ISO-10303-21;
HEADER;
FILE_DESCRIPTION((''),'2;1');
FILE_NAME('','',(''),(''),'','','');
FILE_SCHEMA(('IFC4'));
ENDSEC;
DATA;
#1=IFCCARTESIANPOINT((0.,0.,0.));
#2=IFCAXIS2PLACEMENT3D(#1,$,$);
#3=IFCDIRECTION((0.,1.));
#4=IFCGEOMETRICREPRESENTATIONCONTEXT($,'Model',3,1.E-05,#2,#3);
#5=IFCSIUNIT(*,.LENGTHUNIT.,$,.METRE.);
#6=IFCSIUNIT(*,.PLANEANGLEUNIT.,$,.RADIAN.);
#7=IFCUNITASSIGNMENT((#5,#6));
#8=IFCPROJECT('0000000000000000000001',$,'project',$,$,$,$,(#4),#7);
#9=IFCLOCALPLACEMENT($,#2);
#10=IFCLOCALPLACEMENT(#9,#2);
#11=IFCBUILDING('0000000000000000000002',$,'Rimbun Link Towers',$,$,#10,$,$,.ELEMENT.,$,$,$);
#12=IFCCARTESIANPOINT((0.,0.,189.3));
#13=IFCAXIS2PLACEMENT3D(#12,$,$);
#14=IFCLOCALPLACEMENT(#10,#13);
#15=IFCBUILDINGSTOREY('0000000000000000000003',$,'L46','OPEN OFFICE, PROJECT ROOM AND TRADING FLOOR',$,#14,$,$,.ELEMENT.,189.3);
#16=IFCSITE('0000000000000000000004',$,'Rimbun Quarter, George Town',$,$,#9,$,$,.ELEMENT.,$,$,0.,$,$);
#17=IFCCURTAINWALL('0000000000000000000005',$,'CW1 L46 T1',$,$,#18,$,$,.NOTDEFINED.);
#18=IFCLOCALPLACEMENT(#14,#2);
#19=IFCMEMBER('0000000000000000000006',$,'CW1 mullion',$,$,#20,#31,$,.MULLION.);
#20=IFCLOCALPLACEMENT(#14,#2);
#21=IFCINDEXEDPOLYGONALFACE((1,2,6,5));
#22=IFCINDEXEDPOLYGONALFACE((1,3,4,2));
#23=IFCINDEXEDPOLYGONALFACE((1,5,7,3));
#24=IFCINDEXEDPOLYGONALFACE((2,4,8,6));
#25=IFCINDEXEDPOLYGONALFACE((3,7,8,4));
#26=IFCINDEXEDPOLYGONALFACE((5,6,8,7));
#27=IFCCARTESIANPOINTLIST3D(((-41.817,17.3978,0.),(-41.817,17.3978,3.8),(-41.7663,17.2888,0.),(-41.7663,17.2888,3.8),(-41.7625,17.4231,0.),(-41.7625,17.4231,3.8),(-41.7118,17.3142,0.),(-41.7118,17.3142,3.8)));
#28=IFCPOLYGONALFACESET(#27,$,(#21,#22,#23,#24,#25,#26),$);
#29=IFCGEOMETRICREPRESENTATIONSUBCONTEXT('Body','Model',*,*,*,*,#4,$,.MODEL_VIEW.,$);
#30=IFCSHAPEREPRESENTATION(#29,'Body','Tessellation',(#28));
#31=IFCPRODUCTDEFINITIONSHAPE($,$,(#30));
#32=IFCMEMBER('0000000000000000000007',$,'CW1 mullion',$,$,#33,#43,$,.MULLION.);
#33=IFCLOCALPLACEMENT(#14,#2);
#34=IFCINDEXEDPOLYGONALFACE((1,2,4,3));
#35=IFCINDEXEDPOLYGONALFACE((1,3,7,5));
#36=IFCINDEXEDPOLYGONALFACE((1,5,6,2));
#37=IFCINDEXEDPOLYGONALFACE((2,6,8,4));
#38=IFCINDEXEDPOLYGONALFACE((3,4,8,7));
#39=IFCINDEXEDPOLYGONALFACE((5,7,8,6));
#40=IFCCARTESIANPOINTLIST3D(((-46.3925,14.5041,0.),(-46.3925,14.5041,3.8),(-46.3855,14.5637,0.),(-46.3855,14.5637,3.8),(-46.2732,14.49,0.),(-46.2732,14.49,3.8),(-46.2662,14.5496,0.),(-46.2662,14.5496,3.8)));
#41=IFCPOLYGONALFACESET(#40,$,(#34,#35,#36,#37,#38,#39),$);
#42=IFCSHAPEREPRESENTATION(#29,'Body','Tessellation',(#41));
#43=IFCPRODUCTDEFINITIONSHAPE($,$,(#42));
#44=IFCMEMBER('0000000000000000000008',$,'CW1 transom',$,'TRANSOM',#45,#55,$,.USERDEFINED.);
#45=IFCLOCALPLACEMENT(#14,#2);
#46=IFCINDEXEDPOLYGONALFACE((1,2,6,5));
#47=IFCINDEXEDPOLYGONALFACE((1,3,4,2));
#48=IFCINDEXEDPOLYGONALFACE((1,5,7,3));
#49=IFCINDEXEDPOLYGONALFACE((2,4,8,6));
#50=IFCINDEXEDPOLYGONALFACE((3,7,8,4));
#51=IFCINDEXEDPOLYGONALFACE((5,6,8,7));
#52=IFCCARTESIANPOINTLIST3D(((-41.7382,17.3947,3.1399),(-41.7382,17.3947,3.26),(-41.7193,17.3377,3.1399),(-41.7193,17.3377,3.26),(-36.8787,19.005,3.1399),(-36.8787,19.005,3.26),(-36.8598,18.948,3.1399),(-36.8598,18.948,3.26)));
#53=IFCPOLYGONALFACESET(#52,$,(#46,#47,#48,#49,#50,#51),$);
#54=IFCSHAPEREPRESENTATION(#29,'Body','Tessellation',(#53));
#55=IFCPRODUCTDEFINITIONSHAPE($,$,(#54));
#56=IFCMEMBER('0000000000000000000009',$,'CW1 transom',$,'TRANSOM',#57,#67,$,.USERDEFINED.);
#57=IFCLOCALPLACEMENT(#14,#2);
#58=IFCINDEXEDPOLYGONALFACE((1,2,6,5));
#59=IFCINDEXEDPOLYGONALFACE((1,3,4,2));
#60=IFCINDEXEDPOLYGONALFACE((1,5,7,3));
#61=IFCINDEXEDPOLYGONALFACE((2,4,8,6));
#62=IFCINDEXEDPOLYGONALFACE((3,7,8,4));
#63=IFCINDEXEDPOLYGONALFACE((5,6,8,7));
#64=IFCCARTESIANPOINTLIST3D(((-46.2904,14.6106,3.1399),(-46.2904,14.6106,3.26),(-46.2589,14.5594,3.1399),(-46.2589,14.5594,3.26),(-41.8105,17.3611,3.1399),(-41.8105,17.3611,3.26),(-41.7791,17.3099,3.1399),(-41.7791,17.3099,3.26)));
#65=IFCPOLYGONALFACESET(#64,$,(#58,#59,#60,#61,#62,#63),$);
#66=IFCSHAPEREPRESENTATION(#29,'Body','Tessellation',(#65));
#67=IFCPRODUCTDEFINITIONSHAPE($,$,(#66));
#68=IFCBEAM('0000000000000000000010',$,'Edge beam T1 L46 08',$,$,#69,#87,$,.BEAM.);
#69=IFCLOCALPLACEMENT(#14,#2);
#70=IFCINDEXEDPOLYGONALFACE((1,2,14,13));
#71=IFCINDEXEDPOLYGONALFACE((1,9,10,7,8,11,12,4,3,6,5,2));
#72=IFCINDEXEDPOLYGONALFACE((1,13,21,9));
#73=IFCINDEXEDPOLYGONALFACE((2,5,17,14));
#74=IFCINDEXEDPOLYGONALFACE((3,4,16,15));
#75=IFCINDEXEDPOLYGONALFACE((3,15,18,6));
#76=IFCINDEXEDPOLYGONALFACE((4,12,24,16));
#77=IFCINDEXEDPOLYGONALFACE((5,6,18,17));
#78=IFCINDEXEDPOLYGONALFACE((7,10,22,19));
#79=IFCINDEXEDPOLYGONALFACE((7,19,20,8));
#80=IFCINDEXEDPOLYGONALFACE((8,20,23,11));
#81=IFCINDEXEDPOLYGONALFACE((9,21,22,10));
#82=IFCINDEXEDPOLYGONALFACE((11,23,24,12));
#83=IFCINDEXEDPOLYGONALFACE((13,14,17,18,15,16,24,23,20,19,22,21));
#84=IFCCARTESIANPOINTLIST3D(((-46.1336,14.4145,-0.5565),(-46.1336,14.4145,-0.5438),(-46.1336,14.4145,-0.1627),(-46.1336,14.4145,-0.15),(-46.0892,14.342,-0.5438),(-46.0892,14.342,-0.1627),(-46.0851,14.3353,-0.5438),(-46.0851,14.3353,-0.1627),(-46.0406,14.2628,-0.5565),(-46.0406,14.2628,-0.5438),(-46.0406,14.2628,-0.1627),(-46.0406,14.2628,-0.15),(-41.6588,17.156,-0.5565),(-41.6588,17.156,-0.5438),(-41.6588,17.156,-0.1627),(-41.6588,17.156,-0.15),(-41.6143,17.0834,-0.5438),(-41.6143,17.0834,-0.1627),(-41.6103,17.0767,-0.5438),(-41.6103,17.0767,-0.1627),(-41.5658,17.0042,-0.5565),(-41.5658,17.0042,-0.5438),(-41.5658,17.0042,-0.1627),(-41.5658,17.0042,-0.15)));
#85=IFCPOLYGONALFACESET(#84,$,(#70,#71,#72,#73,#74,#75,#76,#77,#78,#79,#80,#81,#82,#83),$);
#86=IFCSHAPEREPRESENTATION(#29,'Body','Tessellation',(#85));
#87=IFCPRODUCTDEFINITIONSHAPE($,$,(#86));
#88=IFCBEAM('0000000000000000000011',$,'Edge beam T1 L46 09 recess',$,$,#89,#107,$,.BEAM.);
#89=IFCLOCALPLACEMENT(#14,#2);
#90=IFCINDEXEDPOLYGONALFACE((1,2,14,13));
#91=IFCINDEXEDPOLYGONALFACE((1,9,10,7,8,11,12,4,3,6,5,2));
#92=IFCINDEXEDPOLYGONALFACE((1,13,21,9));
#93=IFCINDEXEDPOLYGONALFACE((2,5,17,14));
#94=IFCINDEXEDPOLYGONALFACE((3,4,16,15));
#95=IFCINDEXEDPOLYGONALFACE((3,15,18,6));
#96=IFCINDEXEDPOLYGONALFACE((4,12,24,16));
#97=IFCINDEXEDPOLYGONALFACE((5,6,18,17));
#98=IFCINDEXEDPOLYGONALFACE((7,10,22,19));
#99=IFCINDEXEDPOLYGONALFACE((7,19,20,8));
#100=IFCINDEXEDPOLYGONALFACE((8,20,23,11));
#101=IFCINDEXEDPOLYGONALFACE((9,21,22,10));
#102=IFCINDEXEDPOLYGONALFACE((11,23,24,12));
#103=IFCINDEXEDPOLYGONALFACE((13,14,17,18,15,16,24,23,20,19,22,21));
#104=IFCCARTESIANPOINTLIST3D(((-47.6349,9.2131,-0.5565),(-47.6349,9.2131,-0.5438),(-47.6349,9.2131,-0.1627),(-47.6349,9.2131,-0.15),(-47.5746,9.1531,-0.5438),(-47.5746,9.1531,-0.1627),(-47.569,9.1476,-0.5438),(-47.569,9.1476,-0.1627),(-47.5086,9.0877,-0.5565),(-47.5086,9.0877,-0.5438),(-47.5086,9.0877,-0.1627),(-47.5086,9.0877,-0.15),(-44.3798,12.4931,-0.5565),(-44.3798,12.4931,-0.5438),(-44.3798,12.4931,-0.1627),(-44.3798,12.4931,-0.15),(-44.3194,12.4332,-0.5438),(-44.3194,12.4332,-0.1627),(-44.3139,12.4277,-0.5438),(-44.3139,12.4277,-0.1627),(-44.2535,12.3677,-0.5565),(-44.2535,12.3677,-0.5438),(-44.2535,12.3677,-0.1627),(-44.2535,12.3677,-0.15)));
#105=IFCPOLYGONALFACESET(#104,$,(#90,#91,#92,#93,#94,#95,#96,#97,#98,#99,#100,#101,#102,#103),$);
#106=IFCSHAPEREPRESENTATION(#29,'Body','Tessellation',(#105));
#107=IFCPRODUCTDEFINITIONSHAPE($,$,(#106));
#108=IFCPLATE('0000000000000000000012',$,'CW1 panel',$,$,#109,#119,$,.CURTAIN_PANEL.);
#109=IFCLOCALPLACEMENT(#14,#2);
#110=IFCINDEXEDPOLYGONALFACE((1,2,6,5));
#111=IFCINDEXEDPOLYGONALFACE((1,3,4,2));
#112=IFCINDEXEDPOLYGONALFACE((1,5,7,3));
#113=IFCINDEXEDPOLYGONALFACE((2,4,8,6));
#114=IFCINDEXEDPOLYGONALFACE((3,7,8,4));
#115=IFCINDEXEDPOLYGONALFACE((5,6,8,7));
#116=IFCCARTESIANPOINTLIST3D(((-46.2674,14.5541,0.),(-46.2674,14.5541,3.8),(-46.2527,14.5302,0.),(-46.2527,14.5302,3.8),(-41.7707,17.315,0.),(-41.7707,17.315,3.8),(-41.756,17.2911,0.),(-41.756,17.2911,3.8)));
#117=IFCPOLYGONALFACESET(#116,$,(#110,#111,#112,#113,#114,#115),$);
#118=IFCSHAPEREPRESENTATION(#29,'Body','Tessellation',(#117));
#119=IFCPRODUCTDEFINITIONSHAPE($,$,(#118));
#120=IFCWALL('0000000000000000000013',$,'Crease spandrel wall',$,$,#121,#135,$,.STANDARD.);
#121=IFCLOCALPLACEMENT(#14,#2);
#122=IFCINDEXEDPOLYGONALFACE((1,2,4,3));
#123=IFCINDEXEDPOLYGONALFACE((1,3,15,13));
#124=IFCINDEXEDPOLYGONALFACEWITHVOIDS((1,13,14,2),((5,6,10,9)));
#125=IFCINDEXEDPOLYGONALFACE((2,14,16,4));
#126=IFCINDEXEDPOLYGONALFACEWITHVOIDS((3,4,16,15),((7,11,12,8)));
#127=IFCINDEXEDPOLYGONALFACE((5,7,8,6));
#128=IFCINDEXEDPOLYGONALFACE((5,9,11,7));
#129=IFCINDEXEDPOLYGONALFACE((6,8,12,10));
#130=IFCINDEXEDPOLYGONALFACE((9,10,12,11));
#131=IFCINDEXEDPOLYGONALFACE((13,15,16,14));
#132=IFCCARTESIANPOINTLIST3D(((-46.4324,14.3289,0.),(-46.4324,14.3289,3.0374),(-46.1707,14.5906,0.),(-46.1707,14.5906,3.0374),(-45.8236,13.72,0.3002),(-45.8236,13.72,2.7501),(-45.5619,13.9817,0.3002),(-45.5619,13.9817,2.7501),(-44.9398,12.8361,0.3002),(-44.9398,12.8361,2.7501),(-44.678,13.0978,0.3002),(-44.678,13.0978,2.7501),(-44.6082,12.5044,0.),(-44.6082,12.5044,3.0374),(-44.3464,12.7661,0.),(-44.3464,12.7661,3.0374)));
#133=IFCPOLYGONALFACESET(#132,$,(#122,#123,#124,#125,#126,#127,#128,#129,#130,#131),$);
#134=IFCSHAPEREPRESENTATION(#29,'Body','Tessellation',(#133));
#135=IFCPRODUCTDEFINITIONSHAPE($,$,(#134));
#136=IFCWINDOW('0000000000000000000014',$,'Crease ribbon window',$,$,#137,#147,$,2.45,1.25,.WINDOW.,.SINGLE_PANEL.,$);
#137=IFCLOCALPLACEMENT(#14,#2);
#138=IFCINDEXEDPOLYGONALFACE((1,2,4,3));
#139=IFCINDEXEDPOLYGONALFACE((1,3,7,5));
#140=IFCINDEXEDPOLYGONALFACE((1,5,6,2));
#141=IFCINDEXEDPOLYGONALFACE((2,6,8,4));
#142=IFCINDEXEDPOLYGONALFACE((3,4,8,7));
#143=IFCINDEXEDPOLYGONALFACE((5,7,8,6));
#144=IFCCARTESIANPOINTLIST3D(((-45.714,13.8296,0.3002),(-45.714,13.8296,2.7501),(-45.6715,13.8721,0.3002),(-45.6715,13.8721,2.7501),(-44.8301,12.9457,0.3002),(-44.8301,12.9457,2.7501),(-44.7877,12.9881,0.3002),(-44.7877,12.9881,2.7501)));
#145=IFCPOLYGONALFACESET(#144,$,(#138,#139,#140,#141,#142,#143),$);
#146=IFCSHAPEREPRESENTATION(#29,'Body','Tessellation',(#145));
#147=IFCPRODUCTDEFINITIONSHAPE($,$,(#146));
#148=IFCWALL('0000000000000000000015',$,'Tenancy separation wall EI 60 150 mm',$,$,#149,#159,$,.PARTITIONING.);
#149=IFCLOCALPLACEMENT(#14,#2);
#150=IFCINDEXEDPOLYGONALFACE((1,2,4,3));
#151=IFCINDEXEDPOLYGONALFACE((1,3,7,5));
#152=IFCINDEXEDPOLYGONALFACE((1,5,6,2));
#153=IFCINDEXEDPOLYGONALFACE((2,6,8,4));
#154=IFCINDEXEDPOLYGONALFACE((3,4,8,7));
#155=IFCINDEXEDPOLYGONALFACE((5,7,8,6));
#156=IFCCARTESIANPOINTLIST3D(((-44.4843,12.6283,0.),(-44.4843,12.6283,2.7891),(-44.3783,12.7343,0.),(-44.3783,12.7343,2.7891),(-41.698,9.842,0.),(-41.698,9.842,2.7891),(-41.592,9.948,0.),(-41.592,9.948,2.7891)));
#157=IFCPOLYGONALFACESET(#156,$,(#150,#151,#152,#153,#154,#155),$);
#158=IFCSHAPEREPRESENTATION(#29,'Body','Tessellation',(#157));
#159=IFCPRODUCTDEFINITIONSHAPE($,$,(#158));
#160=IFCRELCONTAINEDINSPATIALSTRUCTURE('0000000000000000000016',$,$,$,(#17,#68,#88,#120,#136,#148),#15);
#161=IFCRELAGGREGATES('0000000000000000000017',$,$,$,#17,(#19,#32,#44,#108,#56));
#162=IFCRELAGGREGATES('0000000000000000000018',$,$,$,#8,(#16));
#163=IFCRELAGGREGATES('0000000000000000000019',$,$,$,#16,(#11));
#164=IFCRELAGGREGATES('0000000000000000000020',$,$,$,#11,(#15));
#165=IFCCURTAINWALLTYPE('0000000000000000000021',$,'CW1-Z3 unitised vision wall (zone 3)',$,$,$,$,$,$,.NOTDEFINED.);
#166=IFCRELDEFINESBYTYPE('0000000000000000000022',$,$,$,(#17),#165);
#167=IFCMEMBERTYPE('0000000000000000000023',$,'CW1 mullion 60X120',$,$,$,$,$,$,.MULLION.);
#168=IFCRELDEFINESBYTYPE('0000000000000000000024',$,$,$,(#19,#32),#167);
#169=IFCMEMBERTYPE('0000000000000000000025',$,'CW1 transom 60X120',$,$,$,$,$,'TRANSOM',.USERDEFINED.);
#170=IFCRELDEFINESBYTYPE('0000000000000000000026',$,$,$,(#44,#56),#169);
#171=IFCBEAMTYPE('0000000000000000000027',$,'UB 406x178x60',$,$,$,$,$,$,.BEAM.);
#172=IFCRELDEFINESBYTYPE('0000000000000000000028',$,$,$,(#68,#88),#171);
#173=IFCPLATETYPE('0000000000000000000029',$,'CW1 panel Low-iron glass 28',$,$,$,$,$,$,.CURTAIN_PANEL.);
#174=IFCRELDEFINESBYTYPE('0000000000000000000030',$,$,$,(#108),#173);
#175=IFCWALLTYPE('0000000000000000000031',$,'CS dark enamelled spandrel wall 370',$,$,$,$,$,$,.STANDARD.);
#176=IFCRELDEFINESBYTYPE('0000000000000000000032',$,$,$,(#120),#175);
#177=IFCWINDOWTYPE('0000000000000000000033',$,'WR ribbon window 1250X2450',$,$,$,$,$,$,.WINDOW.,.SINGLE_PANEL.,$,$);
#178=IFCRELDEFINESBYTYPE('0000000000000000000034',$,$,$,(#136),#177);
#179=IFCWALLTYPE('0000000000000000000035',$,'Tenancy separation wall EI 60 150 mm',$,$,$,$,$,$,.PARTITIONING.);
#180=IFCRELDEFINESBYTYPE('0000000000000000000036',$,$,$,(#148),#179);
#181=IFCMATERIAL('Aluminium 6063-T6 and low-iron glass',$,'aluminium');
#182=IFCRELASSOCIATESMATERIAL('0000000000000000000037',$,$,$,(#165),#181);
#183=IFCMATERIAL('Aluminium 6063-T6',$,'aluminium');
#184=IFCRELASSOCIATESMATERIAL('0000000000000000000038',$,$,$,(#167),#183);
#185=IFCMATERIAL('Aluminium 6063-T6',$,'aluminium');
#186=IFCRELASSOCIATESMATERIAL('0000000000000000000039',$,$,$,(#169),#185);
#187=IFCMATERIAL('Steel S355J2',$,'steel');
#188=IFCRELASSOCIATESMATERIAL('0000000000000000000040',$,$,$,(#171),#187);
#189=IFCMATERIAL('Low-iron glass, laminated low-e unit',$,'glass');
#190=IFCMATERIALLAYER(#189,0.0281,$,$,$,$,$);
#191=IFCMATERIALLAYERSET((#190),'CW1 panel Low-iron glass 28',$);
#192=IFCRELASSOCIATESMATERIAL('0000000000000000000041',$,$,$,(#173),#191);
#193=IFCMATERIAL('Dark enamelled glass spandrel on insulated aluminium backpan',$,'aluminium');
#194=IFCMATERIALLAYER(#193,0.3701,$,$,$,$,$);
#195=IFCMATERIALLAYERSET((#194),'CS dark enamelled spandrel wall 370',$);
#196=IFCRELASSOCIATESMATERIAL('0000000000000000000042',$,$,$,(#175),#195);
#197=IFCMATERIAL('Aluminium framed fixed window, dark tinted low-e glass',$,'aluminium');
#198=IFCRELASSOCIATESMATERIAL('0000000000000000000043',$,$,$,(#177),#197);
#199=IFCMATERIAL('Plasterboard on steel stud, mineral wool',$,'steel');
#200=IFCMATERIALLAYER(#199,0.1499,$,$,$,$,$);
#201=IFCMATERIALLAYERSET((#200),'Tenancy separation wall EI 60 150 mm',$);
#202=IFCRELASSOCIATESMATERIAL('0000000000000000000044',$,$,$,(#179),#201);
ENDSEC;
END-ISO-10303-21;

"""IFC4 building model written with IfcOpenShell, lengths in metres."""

from ifc_helpers import new_model, si_unit, direction, frame, frame_2d, origin, origin_2d, place, context, subcontext, project, spatial, rectangle, i_section, extrude, material, layer, layer_set, material_profile, profile_set, type_object, element, fill, aggregate, save


model = new_model("IFC4")

# Units and contexts
model_context = context("Model", 3, precision=1e-05, world=origin(), true_north=direction((0.0, 1.0)))
body_context = subcontext(model_context, "Body", "Model", "MODEL_VIEW")
ifc_project = project(units=[si_unit("LENGTHUNIT", "METRE"), si_unit("PLANEANGLEUNIT", "RADIAN")], contexts=[model_context])

# Site, building, storey
site_placement = place(None, origin())
site = spatial("IfcSite", under=ifc_project, at=site_placement, Name="Rimbun Quarter, George Town", CompositionType="ELEMENT", RefElevation=0.0)
building_placement = place(site_placement, origin())
building = spatial("IfcBuilding", under=site, at=building_placement, Name="Rimbun Link Towers", CompositionType="ELEMENT")
storey_placement = place(building_placement, frame((0.0, 0.0, 189.3)))
storey = spatial("IfcBuildingStorey", under=building, at=storey_placement, Name="L46", Description="OPEN OFFICE, PROJECT ROOM AND TRADING FLOOR", CompositionType="ELEMENT", Elevation=189.3)

# Curtain wall, members
ifc_material_1 = material(Name="Aluminium 6063-T6 and low-iron glass", Category="aluminium")
curtain_wall_type = type_object("IfcCurtainWallType", Name="CW1-Z3 unitised vision wall (zone 3)", PredefinedType="NOTDEFINED", material=ifc_material_1)
curtain_wall_placement = place(storey_placement, origin())
curtain_wall = element("IfcCurtainWall", 1, at=curtain_wall_placement, inside=storey, type_object=curtain_wall_type, Name="CW1 L46 T1", PredefinedType="NOTDEFINED")
ifc_material_2 = material(Name="Aluminium 6063-T6", Category="aluminium")
ifc_material_profile_1 = material_profile(ifc_material_2, rectangle(XDim=0.1201, YDim=0.0601, at=origin_2d()), Name="MULLION 60X120")
ifc_profile_set_1 = profile_set([ifc_material_profile_1], Name="Aluminium 6063-T6")
member_type_1 = type_object("IfcMemberType", Name="CW1 mullion 60X120", PredefinedType="MULLION", material=ifc_profile_set_1)
member_1_placement = place(storey_placement, frame((-41.7644, 17.356, 0.0), z_axis=(0.0, 0.0, 1.0), x_axis=(-0.421701, 0.906735, 0.0)))
member_1 = element("IfcMember", 2, at=member_1_placement, type_object=member_type_1, Name="CW1 mullion", PredefinedType="MULLION", context=body_context, shape_type="SweptSolid", body=[
    extrude(rectangle(XDim=0.1201, YDim=0.0601, at=origin_2d()), origin(), (0.0, 0.0, 1.0), 3.8),
])
member_2_placement = place(storey_placement, frame((-46.3293, 14.5269, 0.0), z_axis=(0.0, 0.0, 1.0), x_axis=(-0.993119, 0.117109, 0.0)))
member_2 = element("IfcMember", 3, at=member_2_placement, type_object=member_type_1, Name="CW1 mullion", PredefinedType="MULLION", context=body_context, shape_type="SweptSolid", body=[
    extrude(rectangle(XDim=0.1201, YDim=0.0601, at=origin_2d()), origin(), (0.0, 0.0, 1.0), 3.8),
])
ifc_material_3 = material(Name="Aluminium 6063-T6", Category="aluminium")
ifc_material_profile_2 = material_profile(ifc_material_3, rectangle(XDim=0.0601, YDim=0.1201, at=origin_2d()), Name="TRANSOM 60X120")
ifc_profile_set_2 = profile_set([ifc_material_profile_2], Name="Aluminium 6063-T6")
member_type_2 = type_object("IfcMemberType", Name="CW1 transom 60X120", ElementType="TRANSOM", PredefinedType="USERDEFINED", material=ifc_profile_set_2)
member_3_placement = place(storey_placement, frame((-41.7288, 17.3662, 3.2), z_axis=(0.94924, 0.314553, 0.0), x_axis=(-0.314553, 0.94924, 0.0)))
member_3 = element("IfcMember", 4, at=member_3_placement, type_object=member_type_2, Name="CW1 transom", ObjectType="TRANSOM", PredefinedType="USERDEFINED", context=body_context, shape_type="SweptSolid", body=[
    extrude(rectangle(XDim=0.0601, YDim=0.1201, at=origin_2d()), origin(), (0.0, 0.0, 1.0), 5.1194),
])
member_4_placement = place(storey_placement, frame((-46.2747, 14.585, 3.2), z_axis=(0.85219, 0.523232, 0.0), x_axis=(-0.523232, 0.85219, 0.0)))
member_4 = element("IfcMember", 5, at=member_4_placement, type_object=member_type_2, Name="CW1 transom", ObjectType="TRANSOM", PredefinedType="USERDEFINED", context=body_context, shape_type="SweptSolid", body=[
    extrude(rectangle(XDim=0.0601, YDim=0.1201, at=origin_2d()), origin(), (0.0, 0.0, 1.0), 5.2568),
])

# Beams
ifc_material_4 = material(Name="Steel S355J2", Category="steel")
ifc_material_profile_3 = material_profile(ifc_material_4, i_section(OverallWidth=0.178, OverallDepth=0.4065, WebThickness=0.0078, FlangeThickness=0.0127, at=origin_2d()), Name="UB 406x178x60")
ifc_profile_set_3 = profile_set([ifc_material_profile_3], Name="Steel S355J2")
beam_type = type_object("IfcBeamType", Name="UB 406x178x60", PredefinedType="BEAM", material=ifc_profile_set_3)
beam_1_placement = place(storey_placement, frame((-41.6123, 17.0801, -0.3533), z_axis=(-0.852703, -0.522396, 0.0), x_axis=(0.522396, -0.852703, 0.0)))
element("IfcBeam", 6, at=beam_1_placement, inside=storey, type_object=beam_type, Name="Edge beam T1 L46 08", PredefinedType="BEAM", context=body_context, shape_type="SweptSolid", body=[
    extrude(i_section(OverallWidth=0.178, OverallDepth=0.4065, WebThickness=0.0078, FlangeThickness=0.0127, at=origin_2d()), origin(), (0.0, 0.0, 1.0), 5.2478),
])
beam_2_placement = place(storey_placement, frame((-44.3167, 12.4304, -0.3533), z_axis=(-0.704407, -0.709796, 0.0), x_axis=(0.709796, -0.704407, 0.0)))
element("IfcBeam", 7, at=beam_2_placement, inside=storey, type_object=beam_type, Name="Edge beam T1 L46 09 recess", PredefinedType="BEAM", context=body_context, shape_type="SweptSolid", body=[
    extrude(i_section(OverallWidth=0.178, OverallDepth=0.4065, WebThickness=0.0078, FlangeThickness=0.0127, at=origin_2d()), origin(), (0.0, 0.0, 1.0), 4.6211),
])

# Plate
ifc_material_5 = material(Name="Low-iron glass, laminated low-e unit", Category="glass")
ifc_layer_1 = layer(ifc_material_5, 0.0281)
ifc_layer_set_1 = layer_set([ifc_layer_1], Name="CW1 panel Low-iron glass 28")
plate_type = type_object("IfcPlateType", Name="CW1 panel Low-iron glass 28", PredefinedType="CURTAIN_PANEL", material=ifc_layer_set_1)
plate_placement = place(storey_placement, frame((-44.0117, 15.9226, 0.0), z_axis=(0.0, 0.0, 1.0), x_axis=(0.852189, 0.523235, 0.0)))
plate = element("IfcPlate", 8, at=plate_placement, type_object=plate_type, Name="CW1 panel", PredefinedType="CURTAIN_PANEL", context=body_context, shape_type="SweptSolid", body=[
    extrude(rectangle(XDim=5.2766, YDim=0.0281, at=origin_2d()), origin(), (0.0, 0.0, 1.0), 3.8),
])
aggregate(curtain_wall, [member_1, member_2, member_3, plate, member_4])

# Wall, opening, window
ifc_material_6 = material(Name="Dark enamelled glass spandrel on insulated aluminium backpan", Category="aluminium")
ifc_layer_2 = layer(ifc_material_6, 0.3701)
ifc_layer_set_2 = layer_set([ifc_layer_2], Name="CS dark enamelled spandrel wall 370")
wall_type_1 = type_object("IfcWallType", Name="CS dark enamelled spandrel wall 370", PredefinedType="STANDARD", material=ifc_layer_set_2)
wall_1_placement = place(storey_placement, frame((-44.4773, 12.6353, 0.0), z_axis=(0.0, 0.0, 1.0), x_axis=(-0.707059, 0.707154, 0.0)))
wall_1 = element("IfcWall", 9, at=wall_1_placement, inside=storey, type_object=wall_type_1, Name="Crease spandrel wall", PredefinedType="STANDARD", context=body_context, shape_type="SweptSolid", body=[
    extrude(rectangle(XDim=2.5801, YDim=0.3701, at=frame_2d((1.29, 0.0))), origin(), (0.0, 0.0, 1.0), 3.0374),
])
opening_placement = place(wall_1_placement, frame((0.469, 0.0, 0.3)))
opening = element("IfcOpeningElement", 10, at=opening_placement, cuts=wall_1, PredefinedType="OPENING", context=body_context, shape_type="SweptSolid", body=[
    extrude(rectangle(XDim=1.25, YDim=2.45, at=frame_2d((0.625, 1.2251))), frame((0.0, 0.1951, 0.0), z_axis=(0.0, -1.0, 0.0), x_axis=(1.0, 0.0, 0.0)), (0.0, 0.0, 1.0), 0.3901),
])
ifc_material_7 = material(Name="Aluminium framed fixed window, dark tinted low-e glass", Category="aluminium")
window_type = type_object("IfcWindowType", Name="WR ribbon window 1250X2450", PartitioningType="SINGLE_PANEL", PredefinedType="WINDOW", material=ifc_material_7)
window_placement = place(opening_placement, origin())
window = element("IfcWindow", 11, at=window_placement, inside=storey, type_object=window_type, Name="Crease ribbon window", OverallHeight=2.45, OverallWidth=1.25, PartitioningType="SINGLE_PANEL", PredefinedType="WINDOW", context=body_context, shape_type="SweptSolid", body=[
    extrude(rectangle(XDim=1.25, YDim=2.45, at=frame_2d((0.625, 1.2251))), frame((0.0, 0.03, 0.0), z_axis=(0.0, -1.0, 0.0), x_axis=(1.0, 0.0, 0.0)), (0.0, 0.0, 1.0), 0.0601),
])
fill(opening, window)

# Wall
ifc_material_8 = material(Name="Plasterboard on steel stud, mineral wool", Category="steel")
ifc_layer_3 = layer(ifc_material_8, 0.1499)
ifc_layer_set_3 = layer_set([ifc_layer_3], Name="Tenancy separation wall EI 60 150 mm")
wall_type_2 = type_object("IfcWallType", Name="Tenancy separation wall EI 60 150 mm", PredefinedType="PARTITIONING", material=ifc_layer_set_3)
wall_2_placement = place(storey_placement, frame((-41.645, 9.895, 0.0), z_axis=(0.0, 0.0, 1.0), x_axis=(-0.707107, 0.707107, 0.0)))
element("IfcWall", 12, at=wall_2_placement, inside=storey, type_object=wall_type_2, Name="Tenancy separation wall EI 60 150 mm", PredefinedType="PARTITIONING", context=body_context, shape_type="SweptSolid", body=[
    extrude(rectangle(XDim=3.9404, YDim=0.1499, at=frame_2d((1.9702, 0.0))), origin(), (0.0, 0.0, 1.0), 2.7891),
])

save(model, "model.ifc")
